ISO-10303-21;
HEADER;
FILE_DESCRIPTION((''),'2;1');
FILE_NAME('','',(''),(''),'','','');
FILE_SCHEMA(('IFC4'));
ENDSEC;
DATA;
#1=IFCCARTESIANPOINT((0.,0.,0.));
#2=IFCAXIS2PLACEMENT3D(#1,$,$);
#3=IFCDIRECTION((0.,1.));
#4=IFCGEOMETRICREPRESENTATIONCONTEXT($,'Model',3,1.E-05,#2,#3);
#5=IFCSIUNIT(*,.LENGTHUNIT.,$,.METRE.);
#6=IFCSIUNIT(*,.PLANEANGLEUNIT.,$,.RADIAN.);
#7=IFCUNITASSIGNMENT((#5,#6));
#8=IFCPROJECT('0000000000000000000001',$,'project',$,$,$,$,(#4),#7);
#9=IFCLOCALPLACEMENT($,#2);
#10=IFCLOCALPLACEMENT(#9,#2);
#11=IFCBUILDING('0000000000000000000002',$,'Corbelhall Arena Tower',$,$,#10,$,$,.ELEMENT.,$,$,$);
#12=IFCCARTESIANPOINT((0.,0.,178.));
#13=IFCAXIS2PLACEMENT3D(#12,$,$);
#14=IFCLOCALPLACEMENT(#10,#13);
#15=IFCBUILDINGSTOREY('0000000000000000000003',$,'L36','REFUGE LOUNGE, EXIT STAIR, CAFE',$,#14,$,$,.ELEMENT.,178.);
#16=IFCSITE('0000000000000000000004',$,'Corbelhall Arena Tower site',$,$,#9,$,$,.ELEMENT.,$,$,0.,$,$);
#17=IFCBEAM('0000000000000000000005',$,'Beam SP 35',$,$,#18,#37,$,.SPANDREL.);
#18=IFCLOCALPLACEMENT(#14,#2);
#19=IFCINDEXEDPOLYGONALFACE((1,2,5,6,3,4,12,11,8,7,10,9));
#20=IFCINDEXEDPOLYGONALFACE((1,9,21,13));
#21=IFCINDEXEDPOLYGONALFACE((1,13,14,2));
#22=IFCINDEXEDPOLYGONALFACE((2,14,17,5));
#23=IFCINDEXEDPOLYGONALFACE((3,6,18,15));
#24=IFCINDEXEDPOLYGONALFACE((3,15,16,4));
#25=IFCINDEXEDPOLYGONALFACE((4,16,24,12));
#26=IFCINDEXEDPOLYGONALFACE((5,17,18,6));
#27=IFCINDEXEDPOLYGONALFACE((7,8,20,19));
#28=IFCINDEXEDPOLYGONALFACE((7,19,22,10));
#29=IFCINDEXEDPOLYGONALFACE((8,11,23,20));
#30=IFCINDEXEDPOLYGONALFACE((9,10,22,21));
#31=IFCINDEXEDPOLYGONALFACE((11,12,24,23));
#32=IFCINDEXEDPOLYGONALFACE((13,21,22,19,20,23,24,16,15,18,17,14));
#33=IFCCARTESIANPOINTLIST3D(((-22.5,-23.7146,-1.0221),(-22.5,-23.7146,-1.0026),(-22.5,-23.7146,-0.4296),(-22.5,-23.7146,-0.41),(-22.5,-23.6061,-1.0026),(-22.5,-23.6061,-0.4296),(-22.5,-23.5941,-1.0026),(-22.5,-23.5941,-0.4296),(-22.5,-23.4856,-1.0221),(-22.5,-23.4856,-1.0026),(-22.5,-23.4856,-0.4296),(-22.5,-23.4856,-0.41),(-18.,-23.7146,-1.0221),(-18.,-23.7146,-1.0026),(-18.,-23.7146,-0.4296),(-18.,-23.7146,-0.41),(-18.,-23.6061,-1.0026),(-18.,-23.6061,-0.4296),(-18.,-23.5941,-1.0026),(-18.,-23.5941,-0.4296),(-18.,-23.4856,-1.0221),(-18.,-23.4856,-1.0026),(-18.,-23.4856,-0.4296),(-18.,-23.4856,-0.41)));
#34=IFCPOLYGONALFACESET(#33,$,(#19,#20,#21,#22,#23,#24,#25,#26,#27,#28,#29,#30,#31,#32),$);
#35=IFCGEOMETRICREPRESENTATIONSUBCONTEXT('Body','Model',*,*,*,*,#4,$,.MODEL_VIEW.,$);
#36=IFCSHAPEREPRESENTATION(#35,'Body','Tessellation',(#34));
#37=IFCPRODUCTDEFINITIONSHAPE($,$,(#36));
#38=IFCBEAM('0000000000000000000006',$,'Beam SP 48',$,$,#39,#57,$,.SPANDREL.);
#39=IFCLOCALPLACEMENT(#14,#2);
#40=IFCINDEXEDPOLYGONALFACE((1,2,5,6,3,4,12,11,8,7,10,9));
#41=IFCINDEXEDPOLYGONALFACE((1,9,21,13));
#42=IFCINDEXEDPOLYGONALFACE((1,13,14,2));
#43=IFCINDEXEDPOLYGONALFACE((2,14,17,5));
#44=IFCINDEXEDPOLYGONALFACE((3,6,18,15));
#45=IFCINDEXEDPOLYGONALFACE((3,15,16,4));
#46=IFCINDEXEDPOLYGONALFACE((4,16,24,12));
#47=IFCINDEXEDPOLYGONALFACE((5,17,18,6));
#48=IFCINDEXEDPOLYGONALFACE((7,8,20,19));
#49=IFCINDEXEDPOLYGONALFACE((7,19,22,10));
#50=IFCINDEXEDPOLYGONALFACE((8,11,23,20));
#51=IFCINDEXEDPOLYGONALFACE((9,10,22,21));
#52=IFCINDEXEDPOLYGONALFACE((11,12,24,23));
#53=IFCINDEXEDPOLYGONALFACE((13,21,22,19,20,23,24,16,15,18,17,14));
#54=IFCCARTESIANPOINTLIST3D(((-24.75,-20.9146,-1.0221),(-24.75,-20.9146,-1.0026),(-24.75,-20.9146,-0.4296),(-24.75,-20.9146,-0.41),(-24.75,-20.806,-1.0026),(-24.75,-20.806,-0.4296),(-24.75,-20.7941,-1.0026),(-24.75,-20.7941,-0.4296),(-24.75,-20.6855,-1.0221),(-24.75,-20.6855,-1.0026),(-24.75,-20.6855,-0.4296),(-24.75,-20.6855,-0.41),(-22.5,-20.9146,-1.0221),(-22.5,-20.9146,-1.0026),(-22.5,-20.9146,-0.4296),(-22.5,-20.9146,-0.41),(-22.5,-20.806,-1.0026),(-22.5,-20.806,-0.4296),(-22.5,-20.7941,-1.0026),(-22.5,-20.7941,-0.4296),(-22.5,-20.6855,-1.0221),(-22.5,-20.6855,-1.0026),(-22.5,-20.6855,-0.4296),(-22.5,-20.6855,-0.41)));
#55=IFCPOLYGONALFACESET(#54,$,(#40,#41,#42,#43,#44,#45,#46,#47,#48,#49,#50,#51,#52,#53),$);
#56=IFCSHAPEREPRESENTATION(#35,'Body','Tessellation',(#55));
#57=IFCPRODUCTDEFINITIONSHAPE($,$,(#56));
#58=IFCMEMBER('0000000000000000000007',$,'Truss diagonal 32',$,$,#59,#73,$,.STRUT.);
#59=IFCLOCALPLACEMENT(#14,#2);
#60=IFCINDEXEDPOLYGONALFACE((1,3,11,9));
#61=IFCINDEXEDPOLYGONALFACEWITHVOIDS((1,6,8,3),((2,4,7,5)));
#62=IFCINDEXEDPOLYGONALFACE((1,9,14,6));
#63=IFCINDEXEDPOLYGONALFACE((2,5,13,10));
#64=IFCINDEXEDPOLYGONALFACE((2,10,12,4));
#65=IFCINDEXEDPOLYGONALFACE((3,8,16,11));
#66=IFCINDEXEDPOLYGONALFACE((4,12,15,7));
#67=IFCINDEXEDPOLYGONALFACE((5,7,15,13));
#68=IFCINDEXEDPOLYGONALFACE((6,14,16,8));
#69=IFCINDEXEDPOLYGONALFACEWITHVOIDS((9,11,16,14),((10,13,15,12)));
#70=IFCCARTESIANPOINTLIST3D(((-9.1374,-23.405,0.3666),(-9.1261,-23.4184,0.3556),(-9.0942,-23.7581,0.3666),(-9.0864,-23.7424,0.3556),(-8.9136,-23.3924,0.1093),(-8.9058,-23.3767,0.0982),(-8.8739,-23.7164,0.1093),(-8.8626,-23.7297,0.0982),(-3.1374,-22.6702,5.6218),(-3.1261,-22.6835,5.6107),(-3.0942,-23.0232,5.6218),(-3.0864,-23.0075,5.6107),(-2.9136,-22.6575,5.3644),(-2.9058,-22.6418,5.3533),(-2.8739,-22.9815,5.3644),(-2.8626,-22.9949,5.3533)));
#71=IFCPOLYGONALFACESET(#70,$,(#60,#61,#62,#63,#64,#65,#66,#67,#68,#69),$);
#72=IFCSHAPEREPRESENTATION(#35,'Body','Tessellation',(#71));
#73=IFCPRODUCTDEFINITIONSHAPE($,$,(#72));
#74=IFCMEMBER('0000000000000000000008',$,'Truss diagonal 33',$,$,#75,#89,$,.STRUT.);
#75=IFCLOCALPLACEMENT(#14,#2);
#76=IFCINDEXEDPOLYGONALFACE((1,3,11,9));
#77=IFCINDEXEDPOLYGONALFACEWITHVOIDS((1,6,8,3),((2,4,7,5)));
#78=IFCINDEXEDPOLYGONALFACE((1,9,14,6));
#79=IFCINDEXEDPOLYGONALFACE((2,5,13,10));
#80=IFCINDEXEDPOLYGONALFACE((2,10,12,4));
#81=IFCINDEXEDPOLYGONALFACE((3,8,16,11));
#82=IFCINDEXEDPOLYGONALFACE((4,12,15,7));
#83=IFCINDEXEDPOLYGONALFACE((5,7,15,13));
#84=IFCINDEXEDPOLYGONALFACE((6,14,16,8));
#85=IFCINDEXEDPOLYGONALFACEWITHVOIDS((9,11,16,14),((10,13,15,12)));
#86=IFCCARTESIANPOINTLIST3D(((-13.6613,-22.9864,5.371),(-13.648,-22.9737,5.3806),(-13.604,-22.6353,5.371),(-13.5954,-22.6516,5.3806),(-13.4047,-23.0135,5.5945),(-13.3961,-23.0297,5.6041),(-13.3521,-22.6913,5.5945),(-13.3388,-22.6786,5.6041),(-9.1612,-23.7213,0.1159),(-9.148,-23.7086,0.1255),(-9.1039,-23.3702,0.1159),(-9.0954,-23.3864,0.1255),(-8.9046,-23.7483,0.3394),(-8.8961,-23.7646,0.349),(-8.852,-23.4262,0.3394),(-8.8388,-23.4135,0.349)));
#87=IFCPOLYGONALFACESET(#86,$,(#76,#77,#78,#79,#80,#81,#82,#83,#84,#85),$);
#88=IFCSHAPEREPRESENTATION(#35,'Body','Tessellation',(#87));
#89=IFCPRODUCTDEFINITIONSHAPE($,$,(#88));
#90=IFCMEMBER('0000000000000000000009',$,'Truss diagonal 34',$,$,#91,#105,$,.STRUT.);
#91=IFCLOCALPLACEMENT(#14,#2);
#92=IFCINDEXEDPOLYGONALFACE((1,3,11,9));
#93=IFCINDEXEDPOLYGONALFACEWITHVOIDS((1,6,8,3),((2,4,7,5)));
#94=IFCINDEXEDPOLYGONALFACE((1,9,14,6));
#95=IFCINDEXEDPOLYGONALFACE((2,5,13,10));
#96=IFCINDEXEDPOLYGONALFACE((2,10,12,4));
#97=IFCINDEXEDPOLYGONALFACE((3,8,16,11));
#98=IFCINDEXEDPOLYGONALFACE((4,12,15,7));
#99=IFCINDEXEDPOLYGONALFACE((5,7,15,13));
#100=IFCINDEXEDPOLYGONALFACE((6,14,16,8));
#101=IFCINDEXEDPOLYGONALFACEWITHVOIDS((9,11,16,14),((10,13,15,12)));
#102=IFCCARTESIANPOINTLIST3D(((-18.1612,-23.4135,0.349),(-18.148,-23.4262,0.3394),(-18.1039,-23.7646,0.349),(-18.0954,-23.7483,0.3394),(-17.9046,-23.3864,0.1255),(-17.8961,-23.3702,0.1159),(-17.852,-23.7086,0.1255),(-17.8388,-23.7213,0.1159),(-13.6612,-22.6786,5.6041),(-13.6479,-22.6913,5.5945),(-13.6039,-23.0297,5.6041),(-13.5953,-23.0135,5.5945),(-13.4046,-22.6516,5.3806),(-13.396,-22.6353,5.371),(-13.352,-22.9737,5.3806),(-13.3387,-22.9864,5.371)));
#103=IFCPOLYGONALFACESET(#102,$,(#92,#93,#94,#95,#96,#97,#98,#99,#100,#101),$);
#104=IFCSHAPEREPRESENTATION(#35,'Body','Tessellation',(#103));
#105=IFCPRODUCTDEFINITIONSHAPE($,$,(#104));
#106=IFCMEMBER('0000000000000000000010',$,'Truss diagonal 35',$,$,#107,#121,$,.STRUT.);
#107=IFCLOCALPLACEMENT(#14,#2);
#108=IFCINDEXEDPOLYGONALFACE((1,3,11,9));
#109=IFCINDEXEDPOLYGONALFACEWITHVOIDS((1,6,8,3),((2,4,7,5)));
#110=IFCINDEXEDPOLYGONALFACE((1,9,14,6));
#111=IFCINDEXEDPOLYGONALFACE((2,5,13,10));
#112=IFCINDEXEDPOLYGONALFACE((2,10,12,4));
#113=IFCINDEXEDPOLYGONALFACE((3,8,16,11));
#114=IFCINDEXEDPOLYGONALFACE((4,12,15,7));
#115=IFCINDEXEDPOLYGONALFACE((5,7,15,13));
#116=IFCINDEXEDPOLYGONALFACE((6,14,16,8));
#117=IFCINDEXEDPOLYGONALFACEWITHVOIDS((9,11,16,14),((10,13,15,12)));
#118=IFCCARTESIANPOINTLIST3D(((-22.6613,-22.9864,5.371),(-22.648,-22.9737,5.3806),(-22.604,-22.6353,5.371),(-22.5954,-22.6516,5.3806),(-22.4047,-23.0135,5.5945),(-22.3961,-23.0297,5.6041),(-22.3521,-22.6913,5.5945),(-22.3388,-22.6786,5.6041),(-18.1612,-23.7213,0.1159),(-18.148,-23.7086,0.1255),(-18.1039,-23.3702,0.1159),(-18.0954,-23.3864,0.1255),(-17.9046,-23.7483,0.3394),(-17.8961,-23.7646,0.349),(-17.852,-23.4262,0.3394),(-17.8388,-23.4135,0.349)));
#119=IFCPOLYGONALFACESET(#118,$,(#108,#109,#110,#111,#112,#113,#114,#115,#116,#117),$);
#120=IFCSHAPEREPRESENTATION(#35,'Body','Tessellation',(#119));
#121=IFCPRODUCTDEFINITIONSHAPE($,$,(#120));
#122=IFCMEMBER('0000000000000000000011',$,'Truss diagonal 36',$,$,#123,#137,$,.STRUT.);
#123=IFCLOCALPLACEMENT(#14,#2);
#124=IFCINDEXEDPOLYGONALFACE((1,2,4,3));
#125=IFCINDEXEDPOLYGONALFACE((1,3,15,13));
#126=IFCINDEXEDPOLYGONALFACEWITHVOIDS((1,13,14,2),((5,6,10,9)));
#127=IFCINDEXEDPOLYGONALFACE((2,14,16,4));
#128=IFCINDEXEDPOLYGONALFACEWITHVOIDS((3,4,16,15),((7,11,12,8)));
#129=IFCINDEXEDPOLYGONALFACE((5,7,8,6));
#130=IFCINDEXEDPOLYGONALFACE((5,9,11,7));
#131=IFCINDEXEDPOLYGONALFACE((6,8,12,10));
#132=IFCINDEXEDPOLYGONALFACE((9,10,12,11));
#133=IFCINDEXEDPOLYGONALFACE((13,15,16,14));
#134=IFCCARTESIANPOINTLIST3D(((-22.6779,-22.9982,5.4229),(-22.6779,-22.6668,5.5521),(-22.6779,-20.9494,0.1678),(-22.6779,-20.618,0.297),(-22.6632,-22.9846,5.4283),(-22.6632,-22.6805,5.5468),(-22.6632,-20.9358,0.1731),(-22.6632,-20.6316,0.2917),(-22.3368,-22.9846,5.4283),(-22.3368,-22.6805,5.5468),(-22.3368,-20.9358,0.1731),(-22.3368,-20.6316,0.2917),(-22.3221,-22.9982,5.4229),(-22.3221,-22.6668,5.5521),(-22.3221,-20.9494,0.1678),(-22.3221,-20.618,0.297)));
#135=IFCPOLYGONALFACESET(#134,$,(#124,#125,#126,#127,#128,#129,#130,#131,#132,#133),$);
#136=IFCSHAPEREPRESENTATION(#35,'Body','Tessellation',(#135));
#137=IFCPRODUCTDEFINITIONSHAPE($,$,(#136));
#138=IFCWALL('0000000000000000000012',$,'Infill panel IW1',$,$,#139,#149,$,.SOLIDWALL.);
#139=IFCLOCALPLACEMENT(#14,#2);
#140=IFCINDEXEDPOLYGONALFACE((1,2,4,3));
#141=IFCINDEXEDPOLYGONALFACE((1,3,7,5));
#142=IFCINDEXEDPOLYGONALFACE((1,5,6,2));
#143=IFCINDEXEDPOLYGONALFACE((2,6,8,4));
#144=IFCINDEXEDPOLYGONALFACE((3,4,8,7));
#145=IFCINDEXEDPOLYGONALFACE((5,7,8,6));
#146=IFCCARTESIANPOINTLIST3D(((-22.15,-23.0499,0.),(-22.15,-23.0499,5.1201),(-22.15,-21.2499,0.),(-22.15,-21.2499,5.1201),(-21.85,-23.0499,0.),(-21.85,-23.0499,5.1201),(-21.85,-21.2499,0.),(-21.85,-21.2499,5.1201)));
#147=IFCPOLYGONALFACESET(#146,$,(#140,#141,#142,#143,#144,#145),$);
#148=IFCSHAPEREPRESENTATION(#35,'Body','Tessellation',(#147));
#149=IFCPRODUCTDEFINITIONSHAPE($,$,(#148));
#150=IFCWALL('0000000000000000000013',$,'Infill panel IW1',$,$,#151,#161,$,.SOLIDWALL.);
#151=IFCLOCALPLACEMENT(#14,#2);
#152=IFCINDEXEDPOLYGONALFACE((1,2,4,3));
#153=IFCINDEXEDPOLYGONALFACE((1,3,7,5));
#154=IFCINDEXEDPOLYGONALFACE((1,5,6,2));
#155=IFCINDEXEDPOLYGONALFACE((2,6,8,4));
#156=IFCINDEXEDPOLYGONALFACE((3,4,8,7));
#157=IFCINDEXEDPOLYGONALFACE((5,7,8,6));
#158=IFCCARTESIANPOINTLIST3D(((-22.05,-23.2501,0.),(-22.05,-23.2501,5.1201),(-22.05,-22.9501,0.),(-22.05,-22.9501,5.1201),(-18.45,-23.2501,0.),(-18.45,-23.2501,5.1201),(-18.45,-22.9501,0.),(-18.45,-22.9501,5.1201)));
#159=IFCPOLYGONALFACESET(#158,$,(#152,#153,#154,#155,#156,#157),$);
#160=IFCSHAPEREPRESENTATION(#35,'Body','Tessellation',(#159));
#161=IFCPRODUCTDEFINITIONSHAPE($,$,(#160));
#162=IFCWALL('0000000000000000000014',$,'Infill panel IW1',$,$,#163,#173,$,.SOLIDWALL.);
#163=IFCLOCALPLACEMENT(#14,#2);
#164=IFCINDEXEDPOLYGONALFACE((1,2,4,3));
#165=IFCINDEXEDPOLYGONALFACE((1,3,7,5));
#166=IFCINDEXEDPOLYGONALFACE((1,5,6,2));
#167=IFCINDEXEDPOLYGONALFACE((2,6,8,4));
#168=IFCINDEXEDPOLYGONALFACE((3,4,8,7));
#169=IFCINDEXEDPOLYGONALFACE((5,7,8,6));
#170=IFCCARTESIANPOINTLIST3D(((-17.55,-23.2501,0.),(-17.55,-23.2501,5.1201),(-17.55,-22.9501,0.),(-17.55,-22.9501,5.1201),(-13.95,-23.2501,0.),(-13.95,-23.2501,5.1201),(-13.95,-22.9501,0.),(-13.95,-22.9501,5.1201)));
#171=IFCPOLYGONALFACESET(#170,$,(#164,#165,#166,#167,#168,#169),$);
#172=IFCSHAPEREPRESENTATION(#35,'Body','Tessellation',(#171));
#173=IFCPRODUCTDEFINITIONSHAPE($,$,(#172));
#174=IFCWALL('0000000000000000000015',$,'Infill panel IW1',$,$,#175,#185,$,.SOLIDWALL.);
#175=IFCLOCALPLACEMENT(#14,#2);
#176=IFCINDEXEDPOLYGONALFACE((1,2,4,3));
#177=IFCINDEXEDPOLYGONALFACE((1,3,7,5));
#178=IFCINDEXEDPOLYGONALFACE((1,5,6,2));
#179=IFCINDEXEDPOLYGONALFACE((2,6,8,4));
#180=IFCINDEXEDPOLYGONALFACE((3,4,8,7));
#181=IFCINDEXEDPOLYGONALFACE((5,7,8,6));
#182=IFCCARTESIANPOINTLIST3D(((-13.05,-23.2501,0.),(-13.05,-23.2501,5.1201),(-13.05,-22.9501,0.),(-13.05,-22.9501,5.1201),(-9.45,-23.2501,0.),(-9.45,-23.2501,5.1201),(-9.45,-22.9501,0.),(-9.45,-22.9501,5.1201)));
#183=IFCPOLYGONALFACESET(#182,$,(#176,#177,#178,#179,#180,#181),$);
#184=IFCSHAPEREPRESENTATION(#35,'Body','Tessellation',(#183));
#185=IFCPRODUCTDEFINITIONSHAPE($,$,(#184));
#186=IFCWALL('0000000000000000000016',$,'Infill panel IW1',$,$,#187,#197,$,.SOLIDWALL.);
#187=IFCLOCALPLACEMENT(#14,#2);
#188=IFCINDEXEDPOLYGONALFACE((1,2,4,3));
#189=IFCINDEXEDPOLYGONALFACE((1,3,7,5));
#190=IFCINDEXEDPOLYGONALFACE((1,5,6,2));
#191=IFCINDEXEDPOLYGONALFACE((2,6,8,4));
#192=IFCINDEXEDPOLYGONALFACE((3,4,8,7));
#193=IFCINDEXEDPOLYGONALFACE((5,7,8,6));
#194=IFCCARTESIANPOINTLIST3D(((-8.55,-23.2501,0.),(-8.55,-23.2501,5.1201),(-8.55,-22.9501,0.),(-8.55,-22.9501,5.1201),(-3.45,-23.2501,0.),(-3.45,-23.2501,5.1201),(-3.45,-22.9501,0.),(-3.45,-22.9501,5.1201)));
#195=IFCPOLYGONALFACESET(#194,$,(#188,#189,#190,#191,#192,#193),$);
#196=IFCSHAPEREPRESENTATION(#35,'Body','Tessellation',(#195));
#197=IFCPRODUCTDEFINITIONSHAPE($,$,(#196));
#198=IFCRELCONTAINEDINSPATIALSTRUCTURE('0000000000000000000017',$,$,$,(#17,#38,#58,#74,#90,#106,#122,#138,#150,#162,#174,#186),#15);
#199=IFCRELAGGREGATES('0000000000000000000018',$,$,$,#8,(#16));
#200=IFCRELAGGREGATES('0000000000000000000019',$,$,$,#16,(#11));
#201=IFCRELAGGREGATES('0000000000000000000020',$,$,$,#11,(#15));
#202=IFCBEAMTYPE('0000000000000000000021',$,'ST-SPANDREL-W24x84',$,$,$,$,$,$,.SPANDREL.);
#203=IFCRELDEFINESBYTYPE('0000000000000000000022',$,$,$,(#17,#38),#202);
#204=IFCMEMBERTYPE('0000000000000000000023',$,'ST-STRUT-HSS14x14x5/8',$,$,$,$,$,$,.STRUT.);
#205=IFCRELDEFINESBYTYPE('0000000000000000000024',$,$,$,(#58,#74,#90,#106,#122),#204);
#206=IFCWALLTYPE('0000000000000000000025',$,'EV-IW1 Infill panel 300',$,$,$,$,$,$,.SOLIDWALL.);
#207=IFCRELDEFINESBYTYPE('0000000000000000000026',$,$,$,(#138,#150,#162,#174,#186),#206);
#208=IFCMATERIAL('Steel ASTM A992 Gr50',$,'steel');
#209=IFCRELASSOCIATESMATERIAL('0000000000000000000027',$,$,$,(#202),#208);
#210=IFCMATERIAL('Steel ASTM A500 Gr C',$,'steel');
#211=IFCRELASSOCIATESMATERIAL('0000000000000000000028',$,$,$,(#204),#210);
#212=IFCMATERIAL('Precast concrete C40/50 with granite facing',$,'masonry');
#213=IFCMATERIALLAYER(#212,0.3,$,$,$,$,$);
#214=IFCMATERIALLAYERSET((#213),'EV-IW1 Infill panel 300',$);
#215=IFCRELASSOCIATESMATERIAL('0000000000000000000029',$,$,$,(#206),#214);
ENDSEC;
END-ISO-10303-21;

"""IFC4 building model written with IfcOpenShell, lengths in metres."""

from ifc_helpers import new_model, si_unit, direction, frame, frame_2d, origin, origin_2d, place, context, subcontext, project, spatial, rectangle, hollow_rectangle, i_section, extrude, material, layer, layer_set, material_profile, profile_set, type_object, element, save


model = new_model("IFC4")

# Units and contexts
model_context = context("Model", 3, precision=1e-05, world=origin(), true_north=direction((0.0, 1.0)))
body_context = subcontext(model_context, "Body", "Model", "MODEL_VIEW")
ifc_project = project(units=[si_unit("LENGTHUNIT", "METRE"), si_unit("PLANEANGLEUNIT", "RADIAN")], contexts=[model_context])

# Site, building, storey
site_placement = place(None, origin())
site = spatial("IfcSite", under=ifc_project, at=site_placement, Name="Corbelhall Arena Tower site", CompositionType="ELEMENT", RefElevation=0.0)
building_placement = place(site_placement, origin())
building = spatial("IfcBuilding", under=site, at=building_placement, Name="Corbelhall Arena Tower", CompositionType="ELEMENT")
storey_placement = place(building_placement, frame((0.0, 0.0, 178.0)))
storey = spatial("IfcBuildingStorey", under=building, at=storey_placement, Name="L36", Description="REFUGE LOUNGE, EXIT STAIR, CAFE", CompositionType="ELEMENT", Elevation=178.0)

# Beams
ifc_material_1 = material(Name="Steel ASTM A992 Gr50", Category="steel")
ifc_material_profile_1 = material_profile(ifc_material_1, i_section(OverallWidth=0.229, OverallDepth=0.6121, WebThickness=0.012, FlangeThickness=0.0195, at=origin_2d()))
ifc_profile_set_1 = profile_set([ifc_material_profile_1], Name="Steel ASTM A992 Gr50")
beam_type = type_object("IfcBeamType", Name="ST-SPANDREL-W24x84", PredefinedType="SPANDREL", material=ifc_profile_set_1)
for number, where, z_axis, x_axis, name in (
    (1, (-18.0, -23.6001, -0.7161), (-1.0, 0.0, 0.0), (0.0, -1.0, 0.0), "Beam SP 35"),
):
    element("IfcBeam", number, at=place(storey_placement, frame(where, z_axis=z_axis, x_axis=x_axis)), inside=storey, type_object=beam_type, Name=name, PredefinedType="SPANDREL", context=body_context, shape_type="SweptSolid", body=[
        extrude(i_section(OverallWidth=0.229, OverallDepth=0.6121, WebThickness=0.012, FlangeThickness=0.0195, at=origin_2d()), origin(), (0.0, 0.0, 1.0), 4.5),
    ])
beam_1_placement = place(storey_placement, frame((-22.5, -20.8, -0.7161), z_axis=(-1.0, 0.0, 0.0), x_axis=(0.0, -1.0, 0.0)))
element("IfcBeam", 2, at=beam_1_placement, inside=storey, type_object=beam_type, Name="Beam SP 48", PredefinedType="SPANDREL", context=body_context, shape_type="SweptSolid", body=[
    extrude(i_section(OverallWidth=0.229, OverallDepth=0.6121, WebThickness=0.012, FlangeThickness=0.0195, at=origin_2d()), origin(), (0.0, 0.0, 1.0), 2.25),
])

# Members
ifc_material_2 = material(Name="Steel ASTM A500 Gr C", Category="steel")
ifc_material_profile_2 = material_profile(ifc_material_2, hollow_rectangle(XDim=0.3557, YDim=0.3557, WallThickness=0.0146, at=origin_2d()))
ifc_profile_set_2 = profile_set([ifc_material_profile_2], Name="Steel ASTM A500 Gr C")
member_type_1 = type_object("IfcMemberType", Name="ST-STRUT-HSS14x14x5/8", PredefinedType="STRUT", material=ifc_profile_set_2)
member_1_placement = place(storey_placement, frame((-9.0, -23.5674, 0.2324), z_axis=(0.749085, 0.091746, 0.65609), x_axis=(-0.121569, 0.992583, 0.0)))
element("IfcMember", 3, at=member_1_placement, inside=storey, type_object=member_type_1, Name="Truss diagonal 32", PredefinedType="STRUT", context=body_context, shape_type="SweptSolid", body=[
    extrude(hollow_rectangle(XDim=0.3557, YDim=0.3557, WallThickness=0.0146, at=origin_2d()), origin(), (0.0, 0.0, 1.0), 8.0098),
])
for number, where, z_axis, x_axis, name in (
    (4, (-9.0, -23.5674, 0.2324), (-0.646787, 0.105622, 0.755322), (-0.161168, -0.986927, 0.0), "Truss diagonal 33"),
    (5, (-18.0, -23.5674, 0.2324), (0.646787, 0.105622, 0.755322), (-0.161168, 0.986927, 0.0), "Truss diagonal 34"),
    (6, (-18.0, -23.5674, 0.2324), (-0.646787, 0.105622, 0.755322), (-0.161168, -0.986927, 0.0), "Truss diagonal 35"),
):
    element("IfcMember", number, at=place(storey_placement, frame(where, z_axis=z_axis, x_axis=x_axis)), inside=storey, type_object=member_type_1, Name=name, PredefinedType="STRUT", context=body_context, shape_type="SweptSolid", body=[
        extrude(hollow_rectangle(XDim=0.3557, YDim=0.3557, WallThickness=0.0146, at=origin_2d()), origin(), (0.0, 0.0, 1.0), 6.9575),
    ])
member_2_placement = place(storey_placement, frame((-22.5, -20.7837, 0.2324), z_axis=(0.0, -0.363242, 0.931695), x_axis=(1.0, 0.0, 0.0)))
element("IfcMember", 7, at=member_2_placement, inside=storey, type_object=member_type_1, Name="Truss diagonal 36", PredefinedType="STRUT", context=body_context, shape_type="SweptSolid", body=[
    extrude(hollow_rectangle(XDim=0.3557, YDim=0.3557, WallThickness=0.0146, at=origin_2d()), origin(), (0.0, 0.0, 1.0), 5.6404),
])

# Walls
ifc_material_3 = material(Name="Precast concrete C40/50 with granite facing", Category="masonry")
ifc_layer_1 = layer(ifc_material_3, 0.3)
ifc_layer_set_1 = layer_set([ifc_layer_1], Name="EV-IW1 Infill panel 300")
wall_type_1 = type_object("IfcWallType", Name="EV-IW1 Infill panel 300", PredefinedType="SOLIDWALL", material=ifc_layer_set_1)
wall_1_placement = place(storey_placement, frame((-22.0, -21.25, 0.0), z_axis=(0.0, 0.0, 1.0), x_axis=(0.0, -1.0, 0.0)))
element("IfcWall", 8, at=wall_1_placement, inside=storey, type_object=wall_type_1, Name="Infill panel IW1", PredefinedType="SOLIDWALL", context=body_context, shape_type="SweptSolid", body=[
    extrude(rectangle(XDim=1.8, YDim=0.3, at=frame_2d((0.8999, 0.0))), origin(), (0.0, 0.0, 1.0), 5.1201),
])
for number, where, z_axis, x_axis, name in (
    (9, (-22.05, -23.1001, 0.0), (0.0, 0.0, 1.0), (1.0, 0.0, 0.0), "Infill panel IW1"),
    (10, (-17.55, -23.1001, 0.0), (0.0, 0.0, 1.0), (1.0, 0.0, 0.0), "Infill panel IW1"),
    (11, (-13.05, -23.1001, 0.0), (0.0, 0.0, 1.0), (1.0, 0.0, 0.0), "Infill panel IW1"),
):
    element("IfcWall", number, at=place(storey_placement, frame(where, z_axis=z_axis, x_axis=x_axis)), inside=storey, type_object=wall_type_1, Name=name, PredefinedType="SOLIDWALL", context=body_context, shape_type="SweptSolid", body=[
        extrude(rectangle(XDim=3.6001, YDim=0.3, at=frame_2d((1.8, 0.0))), origin(), (0.0, 0.0, 1.0), 5.1201),
    ])
for number, where, z_axis, x_axis, name in (
    (12, (-8.55, -23.1001, 0.0), (0.0, 0.0, 1.0), (1.0, 0.0, 0.0), "Infill panel IW1"),
):
    element("IfcWall", number, at=place(storey_placement, frame(where, z_axis=z_axis, x_axis=x_axis)), inside=storey, type_object=wall_type_1, Name=name, PredefinedType="SOLIDWALL", context=body_context, shape_type="SweptSolid", body=[
        extrude(rectangle(XDim=5.1001, YDim=0.3, at=frame_2d((2.55, 0.0))), origin(), (0.0, 0.0, 1.0), 5.1201),
    ])

save(model, "model.ifc")
